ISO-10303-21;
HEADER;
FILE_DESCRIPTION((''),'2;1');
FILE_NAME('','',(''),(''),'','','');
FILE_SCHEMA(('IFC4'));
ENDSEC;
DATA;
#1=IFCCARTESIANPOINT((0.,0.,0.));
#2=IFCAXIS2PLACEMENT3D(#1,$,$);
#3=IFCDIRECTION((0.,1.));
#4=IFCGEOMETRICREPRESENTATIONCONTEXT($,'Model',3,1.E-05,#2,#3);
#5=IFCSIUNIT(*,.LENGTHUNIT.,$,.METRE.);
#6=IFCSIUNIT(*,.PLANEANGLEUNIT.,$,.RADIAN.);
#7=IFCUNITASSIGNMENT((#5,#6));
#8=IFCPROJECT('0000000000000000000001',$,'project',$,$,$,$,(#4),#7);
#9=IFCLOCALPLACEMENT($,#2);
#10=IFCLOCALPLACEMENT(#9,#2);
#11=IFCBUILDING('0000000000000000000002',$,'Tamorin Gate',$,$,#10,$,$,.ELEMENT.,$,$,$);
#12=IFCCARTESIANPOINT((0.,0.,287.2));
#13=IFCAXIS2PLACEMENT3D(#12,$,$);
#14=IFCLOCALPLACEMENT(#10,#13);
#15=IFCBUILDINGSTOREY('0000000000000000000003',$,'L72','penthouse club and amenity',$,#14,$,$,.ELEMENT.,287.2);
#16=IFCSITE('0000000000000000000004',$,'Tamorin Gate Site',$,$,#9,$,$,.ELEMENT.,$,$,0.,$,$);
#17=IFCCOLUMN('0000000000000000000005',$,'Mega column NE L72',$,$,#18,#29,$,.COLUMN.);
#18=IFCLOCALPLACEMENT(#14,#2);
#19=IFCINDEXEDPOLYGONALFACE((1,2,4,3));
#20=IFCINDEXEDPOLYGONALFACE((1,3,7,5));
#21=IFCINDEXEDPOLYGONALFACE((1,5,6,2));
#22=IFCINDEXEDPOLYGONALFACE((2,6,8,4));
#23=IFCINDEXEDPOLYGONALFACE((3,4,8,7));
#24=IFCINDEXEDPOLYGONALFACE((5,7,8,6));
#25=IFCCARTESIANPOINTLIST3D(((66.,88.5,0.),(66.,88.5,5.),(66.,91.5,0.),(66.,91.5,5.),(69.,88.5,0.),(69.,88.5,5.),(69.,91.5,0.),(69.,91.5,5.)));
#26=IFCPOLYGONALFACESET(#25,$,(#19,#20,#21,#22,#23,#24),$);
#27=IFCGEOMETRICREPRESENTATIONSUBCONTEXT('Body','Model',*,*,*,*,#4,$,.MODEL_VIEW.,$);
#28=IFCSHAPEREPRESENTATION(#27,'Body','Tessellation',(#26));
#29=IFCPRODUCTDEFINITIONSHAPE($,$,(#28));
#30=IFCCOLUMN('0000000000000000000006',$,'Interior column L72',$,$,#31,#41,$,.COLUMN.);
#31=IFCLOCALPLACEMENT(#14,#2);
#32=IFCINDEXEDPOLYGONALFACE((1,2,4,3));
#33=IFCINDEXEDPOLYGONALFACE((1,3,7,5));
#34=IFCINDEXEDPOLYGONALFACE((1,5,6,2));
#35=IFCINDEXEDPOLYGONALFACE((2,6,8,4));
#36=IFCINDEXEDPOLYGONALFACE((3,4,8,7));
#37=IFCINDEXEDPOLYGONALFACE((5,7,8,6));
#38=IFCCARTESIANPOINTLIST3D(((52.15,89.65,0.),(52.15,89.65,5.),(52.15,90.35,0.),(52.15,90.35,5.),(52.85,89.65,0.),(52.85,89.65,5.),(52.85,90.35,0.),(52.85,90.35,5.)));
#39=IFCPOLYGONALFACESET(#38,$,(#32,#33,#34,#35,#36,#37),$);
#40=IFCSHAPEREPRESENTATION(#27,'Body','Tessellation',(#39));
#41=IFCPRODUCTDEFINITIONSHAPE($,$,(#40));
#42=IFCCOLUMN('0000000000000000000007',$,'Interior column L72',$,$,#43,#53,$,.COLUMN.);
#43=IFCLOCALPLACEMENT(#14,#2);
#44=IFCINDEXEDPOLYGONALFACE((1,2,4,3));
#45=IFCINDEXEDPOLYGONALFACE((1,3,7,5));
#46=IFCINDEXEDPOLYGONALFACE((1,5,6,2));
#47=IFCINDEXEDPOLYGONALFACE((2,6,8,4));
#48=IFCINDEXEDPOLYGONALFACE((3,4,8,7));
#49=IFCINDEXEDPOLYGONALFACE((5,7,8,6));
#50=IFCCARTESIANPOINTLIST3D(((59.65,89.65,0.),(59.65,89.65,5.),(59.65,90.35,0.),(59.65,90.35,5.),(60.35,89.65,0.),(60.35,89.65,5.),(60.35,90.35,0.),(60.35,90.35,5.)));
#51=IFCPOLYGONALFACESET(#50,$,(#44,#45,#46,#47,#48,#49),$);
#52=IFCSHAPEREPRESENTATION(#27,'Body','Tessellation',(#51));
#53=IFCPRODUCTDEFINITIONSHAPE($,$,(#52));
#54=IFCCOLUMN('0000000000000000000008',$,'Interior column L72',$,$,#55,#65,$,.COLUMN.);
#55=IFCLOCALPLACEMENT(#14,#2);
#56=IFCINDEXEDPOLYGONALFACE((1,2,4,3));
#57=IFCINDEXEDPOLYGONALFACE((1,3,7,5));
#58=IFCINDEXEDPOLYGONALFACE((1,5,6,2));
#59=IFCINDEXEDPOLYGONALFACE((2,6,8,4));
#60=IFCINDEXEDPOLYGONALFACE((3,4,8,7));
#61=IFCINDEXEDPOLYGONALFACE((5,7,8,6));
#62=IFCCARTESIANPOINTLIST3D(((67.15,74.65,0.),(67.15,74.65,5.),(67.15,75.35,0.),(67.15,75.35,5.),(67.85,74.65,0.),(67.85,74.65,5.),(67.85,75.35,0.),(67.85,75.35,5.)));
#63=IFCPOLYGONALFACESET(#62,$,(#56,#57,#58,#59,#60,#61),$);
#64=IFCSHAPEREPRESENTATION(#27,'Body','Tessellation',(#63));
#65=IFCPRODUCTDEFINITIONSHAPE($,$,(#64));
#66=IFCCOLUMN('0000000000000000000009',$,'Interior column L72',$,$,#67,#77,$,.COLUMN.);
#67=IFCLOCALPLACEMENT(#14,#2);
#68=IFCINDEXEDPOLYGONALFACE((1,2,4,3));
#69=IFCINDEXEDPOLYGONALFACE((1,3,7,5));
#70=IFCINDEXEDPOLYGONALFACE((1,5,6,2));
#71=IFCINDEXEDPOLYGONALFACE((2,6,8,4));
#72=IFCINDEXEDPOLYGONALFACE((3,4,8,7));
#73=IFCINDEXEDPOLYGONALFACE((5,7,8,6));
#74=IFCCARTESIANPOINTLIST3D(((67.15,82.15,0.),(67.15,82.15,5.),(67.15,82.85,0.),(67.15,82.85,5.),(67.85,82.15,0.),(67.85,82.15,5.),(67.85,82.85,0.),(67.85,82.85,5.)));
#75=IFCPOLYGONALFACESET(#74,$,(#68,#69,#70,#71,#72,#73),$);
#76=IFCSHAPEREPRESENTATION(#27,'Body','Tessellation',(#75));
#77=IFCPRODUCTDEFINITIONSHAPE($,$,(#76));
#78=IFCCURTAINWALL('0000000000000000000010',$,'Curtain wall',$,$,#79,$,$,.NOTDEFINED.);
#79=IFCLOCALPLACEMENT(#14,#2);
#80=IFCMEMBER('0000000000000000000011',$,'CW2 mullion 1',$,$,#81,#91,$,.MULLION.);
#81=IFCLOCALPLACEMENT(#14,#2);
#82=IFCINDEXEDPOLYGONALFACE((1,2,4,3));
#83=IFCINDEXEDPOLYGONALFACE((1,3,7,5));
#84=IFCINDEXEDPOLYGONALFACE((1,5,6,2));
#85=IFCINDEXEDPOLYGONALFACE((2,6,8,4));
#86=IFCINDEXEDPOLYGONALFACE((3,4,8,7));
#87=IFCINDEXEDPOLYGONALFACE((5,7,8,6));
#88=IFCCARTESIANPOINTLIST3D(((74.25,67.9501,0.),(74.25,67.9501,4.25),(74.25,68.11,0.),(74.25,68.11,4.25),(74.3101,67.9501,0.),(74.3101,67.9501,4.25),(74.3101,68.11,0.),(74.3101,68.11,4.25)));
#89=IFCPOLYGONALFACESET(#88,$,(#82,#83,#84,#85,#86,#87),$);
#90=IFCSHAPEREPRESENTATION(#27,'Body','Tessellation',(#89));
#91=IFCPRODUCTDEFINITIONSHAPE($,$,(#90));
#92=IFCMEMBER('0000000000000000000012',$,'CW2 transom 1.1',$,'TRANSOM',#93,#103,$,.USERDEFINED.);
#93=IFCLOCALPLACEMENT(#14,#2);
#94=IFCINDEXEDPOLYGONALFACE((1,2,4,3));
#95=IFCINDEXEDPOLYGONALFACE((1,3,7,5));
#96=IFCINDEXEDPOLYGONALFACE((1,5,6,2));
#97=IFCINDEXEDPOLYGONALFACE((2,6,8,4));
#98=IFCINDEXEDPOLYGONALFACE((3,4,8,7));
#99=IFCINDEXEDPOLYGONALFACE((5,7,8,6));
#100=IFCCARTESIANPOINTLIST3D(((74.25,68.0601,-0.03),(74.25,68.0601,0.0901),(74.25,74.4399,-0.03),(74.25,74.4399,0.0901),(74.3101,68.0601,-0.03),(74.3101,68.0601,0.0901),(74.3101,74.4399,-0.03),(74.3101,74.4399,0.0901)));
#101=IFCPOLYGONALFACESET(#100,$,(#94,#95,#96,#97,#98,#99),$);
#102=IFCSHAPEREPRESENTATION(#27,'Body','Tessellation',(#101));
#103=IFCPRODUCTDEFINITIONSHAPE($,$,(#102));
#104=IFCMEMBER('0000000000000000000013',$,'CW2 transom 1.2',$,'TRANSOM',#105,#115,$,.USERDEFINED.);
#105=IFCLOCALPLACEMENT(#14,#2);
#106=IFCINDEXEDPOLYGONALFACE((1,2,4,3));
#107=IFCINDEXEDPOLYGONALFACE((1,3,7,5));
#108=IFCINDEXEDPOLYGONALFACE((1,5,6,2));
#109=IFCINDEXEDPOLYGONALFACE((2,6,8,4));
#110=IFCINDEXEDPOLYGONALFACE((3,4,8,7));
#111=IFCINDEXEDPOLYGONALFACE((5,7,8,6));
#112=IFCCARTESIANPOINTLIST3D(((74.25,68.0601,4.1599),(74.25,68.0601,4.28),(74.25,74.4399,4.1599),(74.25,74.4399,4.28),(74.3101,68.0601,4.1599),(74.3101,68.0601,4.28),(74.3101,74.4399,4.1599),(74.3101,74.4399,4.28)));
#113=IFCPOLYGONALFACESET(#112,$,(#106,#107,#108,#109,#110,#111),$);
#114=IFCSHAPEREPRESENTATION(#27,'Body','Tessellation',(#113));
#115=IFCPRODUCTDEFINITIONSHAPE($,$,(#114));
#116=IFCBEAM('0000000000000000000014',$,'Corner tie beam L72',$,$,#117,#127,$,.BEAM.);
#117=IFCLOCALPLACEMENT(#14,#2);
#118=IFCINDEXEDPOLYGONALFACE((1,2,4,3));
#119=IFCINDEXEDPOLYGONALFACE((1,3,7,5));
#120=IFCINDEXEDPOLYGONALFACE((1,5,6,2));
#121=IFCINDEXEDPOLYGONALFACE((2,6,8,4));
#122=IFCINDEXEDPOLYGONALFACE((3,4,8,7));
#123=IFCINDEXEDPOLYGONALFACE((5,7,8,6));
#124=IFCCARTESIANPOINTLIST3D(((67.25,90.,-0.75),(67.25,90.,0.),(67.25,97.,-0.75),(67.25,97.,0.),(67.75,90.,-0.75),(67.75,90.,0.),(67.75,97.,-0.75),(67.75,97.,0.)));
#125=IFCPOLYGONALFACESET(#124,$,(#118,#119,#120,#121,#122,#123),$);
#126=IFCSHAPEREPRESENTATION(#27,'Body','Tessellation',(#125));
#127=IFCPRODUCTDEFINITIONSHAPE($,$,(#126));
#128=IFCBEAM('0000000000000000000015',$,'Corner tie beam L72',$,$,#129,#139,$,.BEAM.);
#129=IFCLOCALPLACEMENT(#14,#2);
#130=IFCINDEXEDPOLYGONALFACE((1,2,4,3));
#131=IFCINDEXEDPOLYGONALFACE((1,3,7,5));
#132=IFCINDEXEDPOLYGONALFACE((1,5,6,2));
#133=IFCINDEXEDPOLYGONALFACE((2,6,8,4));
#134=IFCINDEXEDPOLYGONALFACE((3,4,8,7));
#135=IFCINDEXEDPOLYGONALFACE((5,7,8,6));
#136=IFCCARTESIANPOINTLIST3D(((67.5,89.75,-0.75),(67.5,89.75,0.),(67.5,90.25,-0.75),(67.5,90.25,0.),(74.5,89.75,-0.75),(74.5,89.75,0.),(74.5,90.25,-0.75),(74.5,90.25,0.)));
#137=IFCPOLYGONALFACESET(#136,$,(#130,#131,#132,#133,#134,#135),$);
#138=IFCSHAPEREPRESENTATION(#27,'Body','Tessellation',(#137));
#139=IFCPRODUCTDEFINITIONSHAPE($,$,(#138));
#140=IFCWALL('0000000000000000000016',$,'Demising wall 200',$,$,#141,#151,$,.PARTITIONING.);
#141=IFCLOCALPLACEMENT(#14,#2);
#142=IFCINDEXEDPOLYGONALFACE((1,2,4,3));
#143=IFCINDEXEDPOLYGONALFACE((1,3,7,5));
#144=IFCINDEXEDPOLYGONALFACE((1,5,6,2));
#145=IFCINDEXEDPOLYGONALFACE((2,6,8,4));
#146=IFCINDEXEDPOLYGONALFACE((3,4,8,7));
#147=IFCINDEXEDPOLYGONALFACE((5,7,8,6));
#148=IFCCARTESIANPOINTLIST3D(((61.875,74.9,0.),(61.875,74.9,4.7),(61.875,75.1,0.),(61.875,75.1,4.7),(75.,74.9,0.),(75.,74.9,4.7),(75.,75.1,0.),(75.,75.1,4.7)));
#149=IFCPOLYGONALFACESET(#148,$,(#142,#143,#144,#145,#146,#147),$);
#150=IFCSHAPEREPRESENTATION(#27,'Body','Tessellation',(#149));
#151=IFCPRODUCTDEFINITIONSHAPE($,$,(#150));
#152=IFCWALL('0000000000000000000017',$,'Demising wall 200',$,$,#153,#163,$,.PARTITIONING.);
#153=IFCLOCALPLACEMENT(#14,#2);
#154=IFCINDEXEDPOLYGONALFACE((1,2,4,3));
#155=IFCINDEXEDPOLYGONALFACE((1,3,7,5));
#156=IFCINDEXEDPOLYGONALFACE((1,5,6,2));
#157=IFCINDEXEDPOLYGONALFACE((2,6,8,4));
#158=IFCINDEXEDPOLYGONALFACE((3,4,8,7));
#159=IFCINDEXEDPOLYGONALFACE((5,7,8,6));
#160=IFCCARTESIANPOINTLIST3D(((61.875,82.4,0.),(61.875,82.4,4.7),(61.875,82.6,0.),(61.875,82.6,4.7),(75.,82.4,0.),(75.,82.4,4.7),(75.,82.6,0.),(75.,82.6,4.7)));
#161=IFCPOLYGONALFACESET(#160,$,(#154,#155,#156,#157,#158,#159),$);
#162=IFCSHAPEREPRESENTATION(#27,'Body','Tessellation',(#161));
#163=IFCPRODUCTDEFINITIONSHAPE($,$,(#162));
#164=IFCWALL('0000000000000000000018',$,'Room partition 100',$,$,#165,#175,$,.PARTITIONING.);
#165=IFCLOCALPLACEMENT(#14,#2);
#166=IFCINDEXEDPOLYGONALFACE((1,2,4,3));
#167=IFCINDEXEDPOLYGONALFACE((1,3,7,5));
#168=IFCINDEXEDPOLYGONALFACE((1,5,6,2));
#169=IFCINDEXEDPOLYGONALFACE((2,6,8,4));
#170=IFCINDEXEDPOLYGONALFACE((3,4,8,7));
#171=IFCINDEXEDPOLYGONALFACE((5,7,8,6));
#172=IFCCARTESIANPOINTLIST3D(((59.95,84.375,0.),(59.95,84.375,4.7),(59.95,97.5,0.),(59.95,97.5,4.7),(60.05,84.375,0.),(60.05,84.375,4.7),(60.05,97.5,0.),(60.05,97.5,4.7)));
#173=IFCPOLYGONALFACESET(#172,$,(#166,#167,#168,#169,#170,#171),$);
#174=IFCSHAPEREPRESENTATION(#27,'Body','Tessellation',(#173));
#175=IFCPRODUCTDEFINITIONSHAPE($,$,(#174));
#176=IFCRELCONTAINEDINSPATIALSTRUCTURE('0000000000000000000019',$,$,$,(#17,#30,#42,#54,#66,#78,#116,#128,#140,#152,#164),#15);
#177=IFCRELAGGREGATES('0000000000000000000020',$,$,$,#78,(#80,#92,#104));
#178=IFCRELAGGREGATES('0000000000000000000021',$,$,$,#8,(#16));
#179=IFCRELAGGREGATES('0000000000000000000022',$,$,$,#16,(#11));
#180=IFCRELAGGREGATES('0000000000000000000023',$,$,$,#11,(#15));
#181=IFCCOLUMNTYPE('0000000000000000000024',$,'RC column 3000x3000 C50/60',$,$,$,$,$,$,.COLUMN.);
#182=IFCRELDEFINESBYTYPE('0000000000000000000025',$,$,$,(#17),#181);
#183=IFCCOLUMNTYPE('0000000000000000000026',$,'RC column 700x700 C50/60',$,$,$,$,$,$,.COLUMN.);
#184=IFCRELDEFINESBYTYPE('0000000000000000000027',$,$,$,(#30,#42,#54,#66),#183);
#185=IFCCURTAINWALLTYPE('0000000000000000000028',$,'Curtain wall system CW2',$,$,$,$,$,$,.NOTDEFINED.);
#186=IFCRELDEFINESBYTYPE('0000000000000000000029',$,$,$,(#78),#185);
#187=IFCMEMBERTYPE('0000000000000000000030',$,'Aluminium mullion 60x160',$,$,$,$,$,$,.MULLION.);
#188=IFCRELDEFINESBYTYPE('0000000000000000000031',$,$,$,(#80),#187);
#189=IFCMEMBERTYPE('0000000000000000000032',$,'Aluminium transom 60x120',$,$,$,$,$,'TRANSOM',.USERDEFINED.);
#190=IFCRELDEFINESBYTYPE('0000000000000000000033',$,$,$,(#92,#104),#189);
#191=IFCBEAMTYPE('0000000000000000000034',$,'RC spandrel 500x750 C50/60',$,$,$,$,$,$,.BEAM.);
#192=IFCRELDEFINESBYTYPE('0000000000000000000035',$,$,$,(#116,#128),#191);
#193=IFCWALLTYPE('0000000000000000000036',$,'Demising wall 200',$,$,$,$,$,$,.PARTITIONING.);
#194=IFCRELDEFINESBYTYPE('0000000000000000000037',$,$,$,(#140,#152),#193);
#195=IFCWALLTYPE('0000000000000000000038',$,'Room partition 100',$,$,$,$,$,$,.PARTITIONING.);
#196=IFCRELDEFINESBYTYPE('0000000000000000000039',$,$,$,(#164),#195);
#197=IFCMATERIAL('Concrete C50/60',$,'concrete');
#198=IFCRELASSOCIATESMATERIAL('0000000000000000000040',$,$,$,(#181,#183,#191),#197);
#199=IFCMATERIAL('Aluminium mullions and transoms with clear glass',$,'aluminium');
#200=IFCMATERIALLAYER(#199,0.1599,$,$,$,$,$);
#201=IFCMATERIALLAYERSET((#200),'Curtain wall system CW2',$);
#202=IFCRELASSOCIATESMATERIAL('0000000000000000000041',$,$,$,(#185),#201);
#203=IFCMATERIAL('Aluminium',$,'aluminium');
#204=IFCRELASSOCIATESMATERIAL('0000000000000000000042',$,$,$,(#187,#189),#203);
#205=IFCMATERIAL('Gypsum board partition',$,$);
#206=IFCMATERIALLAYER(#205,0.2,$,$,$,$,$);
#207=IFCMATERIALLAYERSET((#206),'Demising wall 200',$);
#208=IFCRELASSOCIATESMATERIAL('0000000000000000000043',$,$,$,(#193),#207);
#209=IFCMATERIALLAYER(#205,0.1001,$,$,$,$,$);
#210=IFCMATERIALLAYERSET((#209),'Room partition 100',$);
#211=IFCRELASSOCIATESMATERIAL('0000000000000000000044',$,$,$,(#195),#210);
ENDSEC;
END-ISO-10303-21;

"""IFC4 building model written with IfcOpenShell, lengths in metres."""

from ifc_helpers import new_model, si_unit, direction, frame, frame_2d, origin, origin_2d, place, context, subcontext, project, spatial, rectangle, extrude, material, layer, layer_set, material_profile, profile_set, type_object, element, aggregate, save


model = new_model("IFC4")

# Units and contexts
model_context = context("Model", 3, precision=1e-05, world=origin(), true_north=direction((0.0, 1.0)))
body_context = subcontext(model_context, "Body", "Model", "MODEL_VIEW")
ifc_project = project(units=[si_unit("LENGTHUNIT", "METRE"), si_unit("PLANEANGLEUNIT", "RADIAN")], contexts=[model_context])

# Site, building, storey
site_placement = place(None, origin())
site = spatial("IfcSite", under=ifc_project, at=site_placement, Name="Tamorin Gate Site", CompositionType="ELEMENT", RefElevation=0.0)
building_placement = place(site_placement, origin())
building = spatial("IfcBuilding", under=site, at=building_placement, Name="Tamorin Gate", CompositionType="ELEMENT")
storey_placement = place(building_placement, frame((0.0, 0.0, 287.2)))
storey = spatial("IfcBuildingStorey", under=building, at=storey_placement, Name="L72", Description="penthouse club and amenity", CompositionType="ELEMENT", Elevation=287.2)

# Columns
ifc_material_1 = material(Name="Concrete C50/60", Category="concrete")
ifc_material_profile_1 = material_profile(ifc_material_1, rectangle(XDim=3.0, YDim=3.0, at=origin_2d()), Name="RC 3000x3000")
ifc_profile_set_1 = profile_set([ifc_material_profile_1], Name="Concrete C50/60")
column_type_1 = type_object("IfcColumnType", Name="RC column 3000x3000 C50/60", PredefinedType="COLUMN", material=ifc_profile_set_1)
column_placement = place(storey_placement, frame((67.5, 90.0, 0.0), z_axis=(0.0, 0.0, 1.0), x_axis=(1.0, 0.0, 0.0)))
element("IfcColumn", 1, at=column_placement, inside=storey, type_object=column_type_1, Name="Mega column NE L72", PredefinedType="COLUMN", context=body_context, shape_type="SweptSolid", body=[
    extrude(rectangle(XDim=3.0, YDim=3.0, at=origin_2d()), origin(), (0.0, 0.0, 1.0), 5.0),
])
ifc_material_profile_2 = material_profile(ifc_material_1, rectangle(XDim=0.7, YDim=0.7, at=origin_2d()), Name="RC 700x700")
ifc_profile_set_2 = profile_set([ifc_material_profile_2], Name="Concrete C50/60")
column_type_2 = type_object("IfcColumnType", Name="RC column 700x700 C50/60", PredefinedType="COLUMN", material=ifc_profile_set_2)
for number, where, z_axis, x_axis, name in (
    (2, (52.5, 90.0, 0.0), (0.0, 0.0, 1.0), (1.0, 0.0, 0.0), "Interior column L72"),
    (3, (60.0, 90.0, 0.0), (0.0, 0.0, 1.0), (1.0, 0.0, 0.0), "Interior column L72"),
    (4, (67.5, 75.0, 0.0), (0.0, 0.0, 1.0), (1.0, 0.0, 0.0), "Interior column L72"),
    (5, (67.5, 82.5, 0.0), (0.0, 0.0, 1.0), (1.0, 0.0, 0.0), "Interior column L72"),
):
    element("IfcColumn", number, at=place(storey_placement, frame(where, z_axis=z_axis, x_axis=x_axis)), inside=storey, type_object=column_type_2, Name=name, PredefinedType="COLUMN", context=body_context, shape_type="SweptSolid", body=[
        extrude(rectangle(XDim=0.7, YDim=0.7, at=origin_2d()), origin(), (0.0, 0.0, 1.0), 5.0),
    ])

# Curtain wall, members
ifc_material_2 = material(Name="Aluminium mullions and transoms with clear glass", Category="aluminium")
ifc_layer_1 = layer(ifc_material_2, 0.1599)
ifc_layer_set_1 = layer_set([ifc_layer_1], Name="Curtain wall system CW2")
curtain_wall_type = type_object("IfcCurtainWallType", Name="Curtain wall system CW2", PredefinedType="NOTDEFINED", material=ifc_layer_set_1)
curtain_wall_placement = place(storey_placement, origin())
curtain_wall = element("IfcCurtainWall", 6, at=curtain_wall_placement, inside=storey, type_object=curtain_wall_type, Name="Curtain wall", PredefinedType="NOTDEFINED")
ifc_material_3 = material(Name="Aluminium", Category="aluminium")
ifc_material_profile_3 = material_profile(ifc_material_3, rectangle(XDim=0.0601, YDim=0.1599, at=origin_2d()), Name="RECT 60x160")
ifc_profile_set_3 = profile_set([ifc_material_profile_3], Name="Aluminium")
member_type_1 = type_object("IfcMemberType", Name="Aluminium mullion 60x160", PredefinedType="MULLION", material=ifc_profile_set_3)
member_1_placement = place(storey_placement, frame((74.28, 68.03, 0.0), z_axis=(0.0, 0.0, 1.0), x_axis=(-1.0, 0.0, 0.0)))
member_1 = element("IfcMember", 7, at=member_1_placement, type_object=member_type_1, Name="CW2 mullion 1", PredefinedType="MULLION", context=body_context, shape_type="SweptSolid", body=[
    extrude(rectangle(XDim=0.0601, YDim=0.1599, at=origin_2d()), origin(), (0.0, 0.0, 1.0), 4.25),
])
ifc_material_profile_4 = material_profile(ifc_material_3, rectangle(XDim=0.0601, YDim=0.1201, at=origin_2d()), Name="RECT 60x120")
ifc_profile_set_4 = profile_set([ifc_material_profile_4], Name="Aluminium")
member_type_2 = type_object("IfcMemberType", Name="Aluminium transom 60x120", ElementType="TRANSOM", PredefinedType="USERDEFINED", material=ifc_profile_set_4)
member_2_placement = place(storey_placement, frame((74.28, 68.0601, 0.03), z_axis=(0.0, 1.0, 0.0), x_axis=(-1.0, 0.0, 0.0)))
member_2 = element("IfcMember", 8, at=member_2_placement, type_object=member_type_2, Name="CW2 transom 1.1", ObjectType="TRANSOM", PredefinedType="USERDEFINED", context=body_context, shape_type="SweptSolid", body=[
    extrude(rectangle(XDim=0.0601, YDim=0.1201, at=origin_2d()), origin(), (0.0, 0.0, 1.0), 6.3799),
])
member_3_placement = place(storey_placement, frame((74.28, 68.0601, 4.22), z_axis=(0.0, 1.0, 0.0), x_axis=(-1.0, 0.0, 0.0)))
member_3 = element("IfcMember", 9, at=member_3_placement, type_object=member_type_2, Name="CW2 transom 1.2", ObjectType="TRANSOM", PredefinedType="USERDEFINED", context=body_context, shape_type="SweptSolid", body=[
    extrude(rectangle(XDim=0.0601, YDim=0.1201, at=origin_2d()), origin(), (0.0, 0.0, 1.0), 6.3799),
])
aggregate(curtain_wall, [member_1, member_2, member_3])

# Beams
ifc_material_profile_5 = material_profile(ifc_material_1, rectangle(XDim=0.5, YDim=0.75, at=origin_2d()), Name="RC 500x750")
ifc_profile_set_5 = profile_set([ifc_material_profile_5], Name="Concrete C50/60")
beam_type = type_object("IfcBeamType", Name="RC spandrel 500x750 C50/60", PredefinedType="BEAM", material=ifc_profile_set_5)
for number, where, z_axis, x_axis, name in (
    (10, (67.5, 90.0, -0.375), (0.0, 1.0, 0.0), (-1.0, 0.0, 0.0), "Corner tie beam L72"),
    (11, (67.5, 90.0, -0.375), (1.0, 0.0, 0.0), (0.0, 1.0, 0.0), "Corner tie beam L72"),
):
    element("IfcBeam", number, at=place(storey_placement, frame(where, z_axis=z_axis, x_axis=x_axis)), inside=storey, type_object=beam_type, Name=name, PredefinedType="BEAM", context=body_context, shape_type="SweptSolid", body=[
        extrude(rectangle(XDim=0.5, YDim=0.75, at=origin_2d()), origin(), (0.0, 0.0, 1.0), 7.0),
    ])

# Walls
ifc_material_4 = material(Name="Gypsum board partition")
ifc_layer_2 = layer(ifc_material_4, 0.2)
ifc_layer_set_2 = layer_set([ifc_layer_2], Name="Demising wall 200")
wall_type_1 = type_object("IfcWallType", Name="Demising wall 200", PredefinedType="PARTITIONING", material=ifc_layer_set_2)
for number, where, z_axis, x_axis, name in (
    (12, (61.875, 75.0, 0.0), (0.0, 0.0, 1.0), (1.0, 0.0, 0.0), "Demising wall 200"),
    (13, (61.875, 82.5, 0.0), (0.0, 0.0, 1.0), (1.0, 0.0, 0.0), "Demising wall 200"),
):
    element("IfcWall", number, at=place(storey_placement, frame(where, z_axis=z_axis, x_axis=x_axis)), inside=storey, type_object=wall_type_1, Name=name, PredefinedType="PARTITIONING", context=body_context, shape_type="SweptSolid", body=[
        extrude(rectangle(XDim=13.125, YDim=0.2, at=frame_2d((6.5625, 0.0))), origin(), (0.0, 0.0, 1.0), 4.7),
    ])
ifc_layer_3 = layer(ifc_material_4, 0.1001)
ifc_layer_set_3 = layer_set([ifc_layer_3], Name="Room partition 100")
wall_type_2 = type_object("IfcWallType", Name="Room partition 100", PredefinedType="PARTITIONING", material=ifc_layer_set_3)
wall_1_placement = place(storey_placement, frame((60.0, 84.375, 0.0), z_axis=(0.0, 0.0, 1.0), x_axis=(0.0, 1.0, 0.0)))
element("IfcWall", 14, at=wall_1_placement, inside=storey, type_object=wall_type_2, Name="Room partition 100", PredefinedType="PARTITIONING", context=body_context, shape_type="SweptSolid", body=[
    extrude(rectangle(XDim=13.125, YDim=0.1001, at=frame_2d((6.5625, 0.0))), origin(), (0.0, 0.0, 1.0), 4.7),
])

save(model, "model.ifc")
